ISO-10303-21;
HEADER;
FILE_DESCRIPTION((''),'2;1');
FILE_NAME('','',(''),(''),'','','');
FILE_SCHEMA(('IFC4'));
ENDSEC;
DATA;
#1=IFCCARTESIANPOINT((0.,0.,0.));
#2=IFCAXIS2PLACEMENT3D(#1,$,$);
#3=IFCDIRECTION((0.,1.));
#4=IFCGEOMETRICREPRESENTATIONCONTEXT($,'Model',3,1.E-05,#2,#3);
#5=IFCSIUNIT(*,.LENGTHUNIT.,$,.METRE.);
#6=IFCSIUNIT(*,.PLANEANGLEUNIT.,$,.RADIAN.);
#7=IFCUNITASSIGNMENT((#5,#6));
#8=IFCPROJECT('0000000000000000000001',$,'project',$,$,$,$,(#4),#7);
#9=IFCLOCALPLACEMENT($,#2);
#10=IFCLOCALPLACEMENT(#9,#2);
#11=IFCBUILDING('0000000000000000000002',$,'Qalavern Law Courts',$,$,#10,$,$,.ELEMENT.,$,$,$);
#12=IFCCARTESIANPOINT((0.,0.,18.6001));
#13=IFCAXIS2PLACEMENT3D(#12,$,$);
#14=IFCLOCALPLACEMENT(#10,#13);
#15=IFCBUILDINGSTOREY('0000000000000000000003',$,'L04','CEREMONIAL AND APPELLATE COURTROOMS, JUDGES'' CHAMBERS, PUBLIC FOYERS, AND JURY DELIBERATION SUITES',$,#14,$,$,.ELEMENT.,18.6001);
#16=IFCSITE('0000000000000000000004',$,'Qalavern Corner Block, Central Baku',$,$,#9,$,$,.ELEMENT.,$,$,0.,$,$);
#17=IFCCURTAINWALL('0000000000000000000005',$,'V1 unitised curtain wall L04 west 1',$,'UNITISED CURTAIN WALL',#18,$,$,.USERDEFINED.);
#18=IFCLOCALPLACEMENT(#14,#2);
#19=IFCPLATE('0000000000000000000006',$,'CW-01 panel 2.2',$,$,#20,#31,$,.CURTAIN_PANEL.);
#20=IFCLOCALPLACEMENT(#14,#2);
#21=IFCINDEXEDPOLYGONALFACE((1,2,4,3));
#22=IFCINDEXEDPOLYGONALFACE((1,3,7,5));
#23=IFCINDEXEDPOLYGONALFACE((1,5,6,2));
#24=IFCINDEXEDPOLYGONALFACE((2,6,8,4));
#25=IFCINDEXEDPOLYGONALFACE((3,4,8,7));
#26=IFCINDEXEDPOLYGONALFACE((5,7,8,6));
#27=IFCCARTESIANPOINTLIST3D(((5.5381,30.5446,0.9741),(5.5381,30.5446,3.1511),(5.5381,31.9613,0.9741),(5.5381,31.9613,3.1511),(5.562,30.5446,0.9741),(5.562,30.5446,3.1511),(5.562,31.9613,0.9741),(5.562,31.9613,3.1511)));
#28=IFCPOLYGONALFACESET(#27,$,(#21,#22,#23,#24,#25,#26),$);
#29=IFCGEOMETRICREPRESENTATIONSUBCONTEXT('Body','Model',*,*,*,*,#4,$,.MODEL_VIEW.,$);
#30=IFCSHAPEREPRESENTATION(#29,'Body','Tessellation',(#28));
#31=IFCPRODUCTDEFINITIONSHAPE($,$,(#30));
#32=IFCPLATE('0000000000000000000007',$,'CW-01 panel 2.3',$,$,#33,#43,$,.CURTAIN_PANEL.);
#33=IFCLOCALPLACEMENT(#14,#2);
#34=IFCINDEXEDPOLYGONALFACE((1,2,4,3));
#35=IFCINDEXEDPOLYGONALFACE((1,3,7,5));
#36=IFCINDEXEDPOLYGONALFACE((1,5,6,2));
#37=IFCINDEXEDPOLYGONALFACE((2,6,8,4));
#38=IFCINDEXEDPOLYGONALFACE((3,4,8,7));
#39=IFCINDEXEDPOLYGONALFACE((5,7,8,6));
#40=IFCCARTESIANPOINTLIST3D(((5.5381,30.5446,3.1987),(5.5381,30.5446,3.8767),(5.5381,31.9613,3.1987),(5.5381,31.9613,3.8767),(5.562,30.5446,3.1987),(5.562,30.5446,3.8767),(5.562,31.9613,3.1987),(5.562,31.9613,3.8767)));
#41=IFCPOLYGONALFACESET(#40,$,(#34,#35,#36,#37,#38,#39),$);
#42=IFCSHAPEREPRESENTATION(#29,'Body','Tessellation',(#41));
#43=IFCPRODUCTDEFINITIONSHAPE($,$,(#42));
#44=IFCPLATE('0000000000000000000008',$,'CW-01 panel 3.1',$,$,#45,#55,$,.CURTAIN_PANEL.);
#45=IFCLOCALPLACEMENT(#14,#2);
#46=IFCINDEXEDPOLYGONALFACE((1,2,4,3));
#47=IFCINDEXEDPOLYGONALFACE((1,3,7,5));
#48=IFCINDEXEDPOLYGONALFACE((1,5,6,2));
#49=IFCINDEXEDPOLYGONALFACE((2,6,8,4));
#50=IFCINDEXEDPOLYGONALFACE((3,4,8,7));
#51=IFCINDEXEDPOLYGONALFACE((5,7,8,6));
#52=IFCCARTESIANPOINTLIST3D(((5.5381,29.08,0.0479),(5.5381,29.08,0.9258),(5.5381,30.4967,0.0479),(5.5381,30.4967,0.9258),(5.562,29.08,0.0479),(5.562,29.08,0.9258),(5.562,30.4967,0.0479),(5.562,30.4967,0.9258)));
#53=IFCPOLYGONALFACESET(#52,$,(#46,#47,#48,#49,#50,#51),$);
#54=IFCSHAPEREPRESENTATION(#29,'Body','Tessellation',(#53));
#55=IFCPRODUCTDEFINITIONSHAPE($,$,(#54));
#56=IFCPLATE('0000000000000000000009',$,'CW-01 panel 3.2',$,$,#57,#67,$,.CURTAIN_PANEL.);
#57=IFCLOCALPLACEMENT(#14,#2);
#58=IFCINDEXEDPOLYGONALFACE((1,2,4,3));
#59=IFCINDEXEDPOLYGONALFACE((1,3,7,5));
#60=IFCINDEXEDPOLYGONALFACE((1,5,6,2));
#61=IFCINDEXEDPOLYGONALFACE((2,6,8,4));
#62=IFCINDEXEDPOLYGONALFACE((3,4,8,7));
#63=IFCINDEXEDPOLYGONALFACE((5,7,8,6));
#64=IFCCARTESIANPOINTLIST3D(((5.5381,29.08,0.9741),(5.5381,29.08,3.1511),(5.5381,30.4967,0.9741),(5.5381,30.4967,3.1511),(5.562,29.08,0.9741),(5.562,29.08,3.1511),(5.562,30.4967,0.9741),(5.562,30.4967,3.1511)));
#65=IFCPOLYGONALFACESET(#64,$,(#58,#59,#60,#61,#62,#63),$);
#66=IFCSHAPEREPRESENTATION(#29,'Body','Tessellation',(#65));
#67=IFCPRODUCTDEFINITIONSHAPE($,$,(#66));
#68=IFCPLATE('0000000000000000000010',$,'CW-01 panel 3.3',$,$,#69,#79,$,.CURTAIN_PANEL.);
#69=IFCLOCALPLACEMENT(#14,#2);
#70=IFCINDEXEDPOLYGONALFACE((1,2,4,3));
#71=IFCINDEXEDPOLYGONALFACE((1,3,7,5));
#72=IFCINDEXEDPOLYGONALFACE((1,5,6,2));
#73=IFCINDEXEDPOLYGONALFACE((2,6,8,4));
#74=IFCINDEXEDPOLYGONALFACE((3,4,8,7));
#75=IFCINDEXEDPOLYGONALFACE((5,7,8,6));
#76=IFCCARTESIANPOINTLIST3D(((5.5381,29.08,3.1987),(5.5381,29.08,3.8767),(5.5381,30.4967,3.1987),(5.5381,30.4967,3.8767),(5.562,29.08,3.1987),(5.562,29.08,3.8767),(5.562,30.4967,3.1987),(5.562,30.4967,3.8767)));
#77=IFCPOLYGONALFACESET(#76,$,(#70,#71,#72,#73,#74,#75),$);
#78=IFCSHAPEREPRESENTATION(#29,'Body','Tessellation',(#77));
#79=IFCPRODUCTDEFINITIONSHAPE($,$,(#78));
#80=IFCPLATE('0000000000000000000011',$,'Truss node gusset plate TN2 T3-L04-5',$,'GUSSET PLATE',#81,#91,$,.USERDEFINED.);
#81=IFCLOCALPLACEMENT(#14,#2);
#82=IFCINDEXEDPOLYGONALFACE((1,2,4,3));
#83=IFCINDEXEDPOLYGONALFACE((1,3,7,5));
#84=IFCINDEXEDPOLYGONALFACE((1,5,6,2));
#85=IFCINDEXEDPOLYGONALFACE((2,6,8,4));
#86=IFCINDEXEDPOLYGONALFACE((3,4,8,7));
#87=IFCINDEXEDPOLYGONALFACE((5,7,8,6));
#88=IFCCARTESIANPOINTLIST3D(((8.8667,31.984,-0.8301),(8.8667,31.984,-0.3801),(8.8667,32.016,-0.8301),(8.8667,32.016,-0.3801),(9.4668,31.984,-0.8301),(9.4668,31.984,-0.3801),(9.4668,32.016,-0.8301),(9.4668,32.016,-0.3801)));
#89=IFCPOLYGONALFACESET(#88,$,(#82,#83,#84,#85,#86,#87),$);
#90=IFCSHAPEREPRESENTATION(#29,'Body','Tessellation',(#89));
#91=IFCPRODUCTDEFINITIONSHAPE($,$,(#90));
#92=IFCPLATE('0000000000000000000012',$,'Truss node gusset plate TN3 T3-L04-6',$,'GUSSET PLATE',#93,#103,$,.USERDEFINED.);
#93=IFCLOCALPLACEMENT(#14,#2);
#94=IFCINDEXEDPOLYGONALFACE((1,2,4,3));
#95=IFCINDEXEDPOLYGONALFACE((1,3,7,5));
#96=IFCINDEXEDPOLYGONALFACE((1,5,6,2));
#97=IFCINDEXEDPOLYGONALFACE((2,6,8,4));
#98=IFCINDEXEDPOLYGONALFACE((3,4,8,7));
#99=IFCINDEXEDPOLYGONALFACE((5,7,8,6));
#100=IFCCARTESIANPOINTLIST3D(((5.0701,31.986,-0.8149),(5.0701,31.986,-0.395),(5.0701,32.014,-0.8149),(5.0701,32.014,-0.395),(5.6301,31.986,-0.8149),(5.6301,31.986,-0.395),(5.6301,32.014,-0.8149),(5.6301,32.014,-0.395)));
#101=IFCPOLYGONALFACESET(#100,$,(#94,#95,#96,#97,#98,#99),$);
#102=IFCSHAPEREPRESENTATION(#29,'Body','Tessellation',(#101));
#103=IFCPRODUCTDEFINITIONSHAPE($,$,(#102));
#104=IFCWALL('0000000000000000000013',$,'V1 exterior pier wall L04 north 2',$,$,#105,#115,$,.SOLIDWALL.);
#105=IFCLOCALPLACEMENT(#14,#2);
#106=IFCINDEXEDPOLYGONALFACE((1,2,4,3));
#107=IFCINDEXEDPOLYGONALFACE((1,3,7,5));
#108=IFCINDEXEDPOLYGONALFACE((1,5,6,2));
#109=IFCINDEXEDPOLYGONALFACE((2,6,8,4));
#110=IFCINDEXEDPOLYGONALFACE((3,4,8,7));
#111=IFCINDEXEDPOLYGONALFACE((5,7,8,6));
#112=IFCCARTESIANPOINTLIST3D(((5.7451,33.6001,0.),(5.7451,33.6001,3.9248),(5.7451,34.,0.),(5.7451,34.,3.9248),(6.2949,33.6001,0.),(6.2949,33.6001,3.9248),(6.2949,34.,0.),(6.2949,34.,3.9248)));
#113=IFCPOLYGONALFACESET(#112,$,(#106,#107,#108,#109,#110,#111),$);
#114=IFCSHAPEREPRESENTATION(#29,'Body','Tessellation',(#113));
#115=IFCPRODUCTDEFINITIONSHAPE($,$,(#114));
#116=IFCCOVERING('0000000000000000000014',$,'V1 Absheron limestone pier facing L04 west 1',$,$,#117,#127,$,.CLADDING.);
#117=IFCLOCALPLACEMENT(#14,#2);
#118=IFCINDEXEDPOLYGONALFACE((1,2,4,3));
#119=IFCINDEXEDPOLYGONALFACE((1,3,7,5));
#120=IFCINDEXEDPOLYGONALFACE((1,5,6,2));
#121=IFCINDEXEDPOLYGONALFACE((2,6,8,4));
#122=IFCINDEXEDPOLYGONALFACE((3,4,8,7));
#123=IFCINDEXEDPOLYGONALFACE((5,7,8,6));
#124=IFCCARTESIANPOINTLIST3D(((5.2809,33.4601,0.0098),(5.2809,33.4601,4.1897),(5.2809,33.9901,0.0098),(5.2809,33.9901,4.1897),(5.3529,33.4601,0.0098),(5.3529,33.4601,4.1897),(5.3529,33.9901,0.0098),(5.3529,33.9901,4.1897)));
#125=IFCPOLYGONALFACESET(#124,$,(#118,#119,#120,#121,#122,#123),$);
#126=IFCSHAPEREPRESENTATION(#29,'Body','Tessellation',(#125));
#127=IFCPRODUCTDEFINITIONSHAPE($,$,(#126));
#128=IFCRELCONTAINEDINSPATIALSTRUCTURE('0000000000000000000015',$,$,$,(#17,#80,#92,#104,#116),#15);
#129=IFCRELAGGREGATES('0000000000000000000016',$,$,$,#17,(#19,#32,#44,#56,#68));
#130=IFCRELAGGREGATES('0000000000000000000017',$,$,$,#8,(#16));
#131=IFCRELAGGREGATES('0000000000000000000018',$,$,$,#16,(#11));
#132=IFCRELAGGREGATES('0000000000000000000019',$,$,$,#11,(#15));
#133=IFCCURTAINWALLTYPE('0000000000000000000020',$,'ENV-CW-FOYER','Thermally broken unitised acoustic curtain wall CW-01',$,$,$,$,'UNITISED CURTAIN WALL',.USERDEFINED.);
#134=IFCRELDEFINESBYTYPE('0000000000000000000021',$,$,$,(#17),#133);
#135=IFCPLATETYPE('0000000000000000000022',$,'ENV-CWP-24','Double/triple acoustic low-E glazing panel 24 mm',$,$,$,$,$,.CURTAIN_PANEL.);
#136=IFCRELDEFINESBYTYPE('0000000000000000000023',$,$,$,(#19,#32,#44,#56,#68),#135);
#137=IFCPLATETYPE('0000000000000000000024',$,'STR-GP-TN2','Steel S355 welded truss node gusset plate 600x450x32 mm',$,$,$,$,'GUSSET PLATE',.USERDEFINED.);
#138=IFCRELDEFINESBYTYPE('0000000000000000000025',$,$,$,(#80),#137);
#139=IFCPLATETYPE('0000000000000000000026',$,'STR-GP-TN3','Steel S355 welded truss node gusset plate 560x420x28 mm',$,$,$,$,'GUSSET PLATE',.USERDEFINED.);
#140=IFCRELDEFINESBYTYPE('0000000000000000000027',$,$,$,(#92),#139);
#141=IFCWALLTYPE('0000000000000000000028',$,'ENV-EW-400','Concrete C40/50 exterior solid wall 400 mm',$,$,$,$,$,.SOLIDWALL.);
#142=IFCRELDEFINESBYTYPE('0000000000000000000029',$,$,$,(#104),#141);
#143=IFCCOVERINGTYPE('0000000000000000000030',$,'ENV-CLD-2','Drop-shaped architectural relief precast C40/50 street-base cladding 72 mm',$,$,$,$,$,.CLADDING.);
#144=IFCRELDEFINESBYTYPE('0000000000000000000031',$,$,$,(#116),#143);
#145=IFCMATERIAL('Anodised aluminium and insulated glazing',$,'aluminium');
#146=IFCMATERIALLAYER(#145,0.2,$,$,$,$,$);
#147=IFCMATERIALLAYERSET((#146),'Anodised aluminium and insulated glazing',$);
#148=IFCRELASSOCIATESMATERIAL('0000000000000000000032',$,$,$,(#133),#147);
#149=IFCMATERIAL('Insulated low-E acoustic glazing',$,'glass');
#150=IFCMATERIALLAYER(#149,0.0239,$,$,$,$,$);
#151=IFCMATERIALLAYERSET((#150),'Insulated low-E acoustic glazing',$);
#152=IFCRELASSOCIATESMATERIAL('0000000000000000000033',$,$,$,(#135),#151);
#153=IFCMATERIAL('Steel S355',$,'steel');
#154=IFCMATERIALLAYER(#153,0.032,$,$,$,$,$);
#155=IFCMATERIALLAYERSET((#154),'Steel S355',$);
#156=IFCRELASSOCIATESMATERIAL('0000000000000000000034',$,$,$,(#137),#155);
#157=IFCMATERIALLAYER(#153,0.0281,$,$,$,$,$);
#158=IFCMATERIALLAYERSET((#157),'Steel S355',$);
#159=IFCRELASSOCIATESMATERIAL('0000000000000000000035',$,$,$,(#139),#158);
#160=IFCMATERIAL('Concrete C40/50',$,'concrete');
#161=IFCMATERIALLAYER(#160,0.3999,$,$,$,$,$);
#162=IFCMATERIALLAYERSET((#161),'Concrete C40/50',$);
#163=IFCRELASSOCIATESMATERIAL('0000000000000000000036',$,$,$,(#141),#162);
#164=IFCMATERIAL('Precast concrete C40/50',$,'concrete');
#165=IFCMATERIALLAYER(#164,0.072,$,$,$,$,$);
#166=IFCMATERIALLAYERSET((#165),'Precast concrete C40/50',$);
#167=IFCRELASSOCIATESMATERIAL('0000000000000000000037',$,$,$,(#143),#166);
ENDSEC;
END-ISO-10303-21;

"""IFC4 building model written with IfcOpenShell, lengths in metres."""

from ifc_helpers import new_model, si_unit, direction, frame, frame_2d, origin, origin_2d, place, context, subcontext, project, spatial, rectangle, extrude, material, layer, layer_set, type_object, element, aggregate, save


model = new_model("IFC4")

# Units and contexts
model_context = context("Model", 3, precision=1e-05, world=origin(), true_north=direction((0.0, 1.0)))
body_context = subcontext(model_context, "Body", "Model", "MODEL_VIEW")
ifc_project = project(units=[si_unit("LENGTHUNIT", "METRE"), si_unit("PLANEANGLEUNIT", "RADIAN")], contexts=[model_context])

# Site, building, storey
site_placement = place(None, origin())
site = spatial("IfcSite", under=ifc_project, at=site_placement, Name="Qalavern Corner Block, Central Baku", CompositionType="ELEMENT", RefElevation=0.0)
building_placement = place(site_placement, origin())
building = spatial("IfcBuilding", under=site, at=building_placement, Name="Qalavern Law Courts", CompositionType="ELEMENT")
storey_placement = place(building_placement, frame((0.0, 0.0, 18.6001)))
storey = spatial("IfcBuildingStorey", under=building, at=storey_placement, Name="L04", Description="CEREMONIAL AND APPELLATE COURTROOMS, JUDGES' CHAMBERS, PUBLIC FOYERS, AND JURY DELIBERATION SUITES", CompositionType="ELEMENT", Elevation=18.6001)

# Shared definitions
ifc_material_1 = material(Name="Anodised aluminium and insulated glazing", Category="aluminium")
ifc_layer_1 = layer(ifc_material_1, 0.2)
ifc_layer_set_1 = layer_set([ifc_layer_1], Name="Anodised aluminium and insulated glazing")
curtain_wall_type = type_object("IfcCurtainWallType", Name="ENV-CW-FOYER", Description="Thermally broken unitised acoustic curtain wall CW-01", ElementType="UNITISED CURTAIN WALL", PredefinedType="USERDEFINED", material=ifc_layer_set_1)

# Curtain wall
curtain_wall_1_placement = place(storey_placement, origin())
curtain_wall_1 = element("IfcCurtainWall", 1, at=curtain_wall_1_placement, inside=storey, type_object=curtain_wall_type, Name="V1 unitised curtain wall L04 west 1", ObjectType="UNITISED CURTAIN WALL", PredefinedType="USERDEFINED")

# Shared definitions
ifc_material_2 = material(Name="Steel S355", Category="steel")

# Plates
ifc_material_3 = material(Name="Insulated low-E acoustic glazing", Category="glass")
ifc_layer_2 = layer(ifc_material_3, 0.0239)
ifc_layer_set_2 = layer_set([ifc_layer_2], Name="Insulated low-E acoustic glazing")
plate_type_1 = type_object("IfcPlateType", Name="ENV-CWP-24", Description="Double/triple acoustic low-E glazing panel 24 mm", PredefinedType="CURTAIN_PANEL", material=ifc_layer_set_2)
plate_1_placement = place(storey_placement, frame((5.55, 31.2529, 0.9741), z_axis=(0.0, 0.0, 1.0), x_axis=(0.0, -1.0, 0.0)))
plate_1 = element("IfcPlate", 2, at=plate_1_placement, type_object=plate_type_1, Name="CW-01 panel 2.2", PredefinedType="CURTAIN_PANEL", context=body_context, shape_type="SweptSolid", body=[
    extrude(rectangle(XDim=1.4167, YDim=0.0239, at=origin_2d()), origin(), (0.0, 0.0, 1.0), 2.177),
])
plate_2_placement = place(storey_placement, frame((5.55, 31.2529, 3.1987), z_axis=(0.0, 0.0, 1.0), x_axis=(0.0, -1.0, 0.0)))
plate_2 = element("IfcPlate", 3, at=plate_2_placement, type_object=plate_type_1, Name="CW-01 panel 2.3", PredefinedType="CURTAIN_PANEL", context=body_context, shape_type="SweptSolid", body=[
    extrude(rectangle(XDim=1.4167, YDim=0.0239, at=origin_2d()), origin(), (0.0, 0.0, 1.0), 0.678),
])
plate_3_placement = place(storey_placement, frame((5.55, 29.7883, 0.0479), z_axis=(0.0, 0.0, 1.0), x_axis=(0.0, -1.0, 0.0)))
plate_3 = element("IfcPlate", 4, at=plate_3_placement, type_object=plate_type_1, Name="CW-01 panel 3.1", PredefinedType="CURTAIN_PANEL", context=body_context, shape_type="SweptSolid", body=[
    extrude(rectangle(XDim=1.4167, YDim=0.0239, at=origin_2d()), origin(), (0.0, 0.0, 1.0), 0.8779),
])
plate_4_placement = place(storey_placement, frame((5.55, 29.7883, 0.9741), z_axis=(0.0, 0.0, 1.0), x_axis=(0.0, -1.0, 0.0)))
plate_4 = element("IfcPlate", 5, at=plate_4_placement, type_object=plate_type_1, Name="CW-01 panel 3.2", PredefinedType="CURTAIN_PANEL", context=body_context, shape_type="SweptSolid", body=[
    extrude(rectangle(XDim=1.4167, YDim=0.0239, at=origin_2d()), origin(), (0.0, 0.0, 1.0), 2.177),
])
plate_5_placement = place(storey_placement, frame((5.55, 29.7883, 3.1987), z_axis=(0.0, 0.0, 1.0), x_axis=(0.0, -1.0, 0.0)))
plate_5 = element("IfcPlate", 6, at=plate_5_placement, type_object=plate_type_1, Name="CW-01 panel 3.3", PredefinedType="CURTAIN_PANEL", context=body_context, shape_type="SweptSolid", body=[
    extrude(rectangle(XDim=1.4167, YDim=0.0239, at=origin_2d()), origin(), (0.0, 0.0, 1.0), 0.678),
])
aggregate(curtain_wall_1, [plate_1, plate_2, plate_3, plate_4, plate_5])

# Plates
ifc_layer_3 = layer(ifc_material_2, 0.032)
ifc_layer_set_3 = layer_set([ifc_layer_3], Name="Steel S355")
plate_type_2 = type_object("IfcPlateType", Name="STR-GP-TN2", Description="Steel S355 welded truss node gusset plate 600x450x32 mm", ElementType="GUSSET PLATE", PredefinedType="USERDEFINED", material=ifc_layer_set_3)
plate_6_placement = place(storey_placement, frame((9.1667, 32.0, -0.8301), z_axis=(0.0, 0.0, 1.0), x_axis=(1.0, 0.0, 0.0)))
element("IfcPlate", 7, at=plate_6_placement, inside=storey, type_object=plate_type_2, Name="Truss node gusset plate TN2 T3-L04-5", ObjectType="GUSSET PLATE", PredefinedType="USERDEFINED", context=body_context, shape_type="SweptSolid", body=[
    extrude(rectangle(XDim=0.6001, YDim=0.032, at=origin_2d()), origin(), (0.0, 0.0, 1.0), 0.45),
])
ifc_layer_4 = layer(ifc_material_2, 0.0281)
ifc_layer_set_4 = layer_set([ifc_layer_4], Name="Steel S355")
plate_type_3 = type_object("IfcPlateType", Name="STR-GP-TN3", Description="Steel S355 welded truss node gusset plate 560x420x28 mm", ElementType="GUSSET PLATE", PredefinedType="USERDEFINED", material=ifc_layer_set_4)
plate_7_placement = place(storey_placement, frame((5.3501, 32.0, -0.8149), z_axis=(0.0, 0.0, 1.0), x_axis=(1.0, 0.0, 0.0)))
element("IfcPlate", 8, at=plate_7_placement, inside=storey, type_object=plate_type_3, Name="Truss node gusset plate TN3 T3-L04-6", ObjectType="GUSSET PLATE", PredefinedType="USERDEFINED", context=body_context, shape_type="SweptSolid", body=[
    extrude(rectangle(XDim=0.5601, YDim=0.0281, at=origin_2d()), origin(), (0.0, 0.0, 1.0), 0.4199),
])

# Wall
ifc_material_4 = material(Name="Concrete C40/50", Category="concrete")
ifc_layer_5 = layer(ifc_material_4, 0.3999)
ifc_layer_set_5 = layer_set([ifc_layer_5], Name="Concrete C40/50")
wall_type = type_object("IfcWallType", Name="ENV-EW-400", Description="Concrete C40/50 exterior solid wall 400 mm", PredefinedType="SOLIDWALL", material=ifc_layer_set_5)
wall_placement = place(storey_placement, frame((6.2949, 33.8, 0.0), z_axis=(0.0, 0.0, 1.0), x_axis=(-1.0, 0.0, 0.0)))
element("IfcWall", 9, at=wall_placement, inside=storey, type_object=wall_type, Name="V1 exterior pier wall L04 north 2", PredefinedType="SOLIDWALL", context=body_context, shape_type="SweptSolid", body=[
    extrude(rectangle(XDim=0.5498, YDim=0.3999, at=frame_2d((0.2749, 0.0))), origin(), (0.0, 0.0, 1.0), 3.9248),
])

# Covering
ifc_material_5 = material(Name="Precast concrete C40/50", Category="concrete")
ifc_layer_6 = layer(ifc_material_5, 0.072)
ifc_layer_set_6 = layer_set([ifc_layer_6], Name="Precast concrete C40/50")
covering_type = type_object("IfcCoveringType", Name="ENV-CLD-2", Description="Drop-shaped architectural relief precast C40/50 street-base cladding 72 mm", PredefinedType="CLADDING", material=ifc_layer_set_6)
covering_placement = place(storey_placement, frame((5.3169, 33.7251, 0.0098), z_axis=(0.0, 0.0, 1.0), x_axis=(0.0, -1.0, 0.0)))
element("IfcCovering", 10, at=covering_placement, inside=storey, type_object=covering_type, Name="V1 Absheron limestone pier facing L04 west 1", PredefinedType="CLADDING", context=body_context, shape_type="SweptSolid", body=[
    extrude(rectangle(XDim=0.53, YDim=0.072, at=origin_2d()), origin(), (0.0, 0.0, 1.0), 4.1799),
])

save(model, "model.ifc")
